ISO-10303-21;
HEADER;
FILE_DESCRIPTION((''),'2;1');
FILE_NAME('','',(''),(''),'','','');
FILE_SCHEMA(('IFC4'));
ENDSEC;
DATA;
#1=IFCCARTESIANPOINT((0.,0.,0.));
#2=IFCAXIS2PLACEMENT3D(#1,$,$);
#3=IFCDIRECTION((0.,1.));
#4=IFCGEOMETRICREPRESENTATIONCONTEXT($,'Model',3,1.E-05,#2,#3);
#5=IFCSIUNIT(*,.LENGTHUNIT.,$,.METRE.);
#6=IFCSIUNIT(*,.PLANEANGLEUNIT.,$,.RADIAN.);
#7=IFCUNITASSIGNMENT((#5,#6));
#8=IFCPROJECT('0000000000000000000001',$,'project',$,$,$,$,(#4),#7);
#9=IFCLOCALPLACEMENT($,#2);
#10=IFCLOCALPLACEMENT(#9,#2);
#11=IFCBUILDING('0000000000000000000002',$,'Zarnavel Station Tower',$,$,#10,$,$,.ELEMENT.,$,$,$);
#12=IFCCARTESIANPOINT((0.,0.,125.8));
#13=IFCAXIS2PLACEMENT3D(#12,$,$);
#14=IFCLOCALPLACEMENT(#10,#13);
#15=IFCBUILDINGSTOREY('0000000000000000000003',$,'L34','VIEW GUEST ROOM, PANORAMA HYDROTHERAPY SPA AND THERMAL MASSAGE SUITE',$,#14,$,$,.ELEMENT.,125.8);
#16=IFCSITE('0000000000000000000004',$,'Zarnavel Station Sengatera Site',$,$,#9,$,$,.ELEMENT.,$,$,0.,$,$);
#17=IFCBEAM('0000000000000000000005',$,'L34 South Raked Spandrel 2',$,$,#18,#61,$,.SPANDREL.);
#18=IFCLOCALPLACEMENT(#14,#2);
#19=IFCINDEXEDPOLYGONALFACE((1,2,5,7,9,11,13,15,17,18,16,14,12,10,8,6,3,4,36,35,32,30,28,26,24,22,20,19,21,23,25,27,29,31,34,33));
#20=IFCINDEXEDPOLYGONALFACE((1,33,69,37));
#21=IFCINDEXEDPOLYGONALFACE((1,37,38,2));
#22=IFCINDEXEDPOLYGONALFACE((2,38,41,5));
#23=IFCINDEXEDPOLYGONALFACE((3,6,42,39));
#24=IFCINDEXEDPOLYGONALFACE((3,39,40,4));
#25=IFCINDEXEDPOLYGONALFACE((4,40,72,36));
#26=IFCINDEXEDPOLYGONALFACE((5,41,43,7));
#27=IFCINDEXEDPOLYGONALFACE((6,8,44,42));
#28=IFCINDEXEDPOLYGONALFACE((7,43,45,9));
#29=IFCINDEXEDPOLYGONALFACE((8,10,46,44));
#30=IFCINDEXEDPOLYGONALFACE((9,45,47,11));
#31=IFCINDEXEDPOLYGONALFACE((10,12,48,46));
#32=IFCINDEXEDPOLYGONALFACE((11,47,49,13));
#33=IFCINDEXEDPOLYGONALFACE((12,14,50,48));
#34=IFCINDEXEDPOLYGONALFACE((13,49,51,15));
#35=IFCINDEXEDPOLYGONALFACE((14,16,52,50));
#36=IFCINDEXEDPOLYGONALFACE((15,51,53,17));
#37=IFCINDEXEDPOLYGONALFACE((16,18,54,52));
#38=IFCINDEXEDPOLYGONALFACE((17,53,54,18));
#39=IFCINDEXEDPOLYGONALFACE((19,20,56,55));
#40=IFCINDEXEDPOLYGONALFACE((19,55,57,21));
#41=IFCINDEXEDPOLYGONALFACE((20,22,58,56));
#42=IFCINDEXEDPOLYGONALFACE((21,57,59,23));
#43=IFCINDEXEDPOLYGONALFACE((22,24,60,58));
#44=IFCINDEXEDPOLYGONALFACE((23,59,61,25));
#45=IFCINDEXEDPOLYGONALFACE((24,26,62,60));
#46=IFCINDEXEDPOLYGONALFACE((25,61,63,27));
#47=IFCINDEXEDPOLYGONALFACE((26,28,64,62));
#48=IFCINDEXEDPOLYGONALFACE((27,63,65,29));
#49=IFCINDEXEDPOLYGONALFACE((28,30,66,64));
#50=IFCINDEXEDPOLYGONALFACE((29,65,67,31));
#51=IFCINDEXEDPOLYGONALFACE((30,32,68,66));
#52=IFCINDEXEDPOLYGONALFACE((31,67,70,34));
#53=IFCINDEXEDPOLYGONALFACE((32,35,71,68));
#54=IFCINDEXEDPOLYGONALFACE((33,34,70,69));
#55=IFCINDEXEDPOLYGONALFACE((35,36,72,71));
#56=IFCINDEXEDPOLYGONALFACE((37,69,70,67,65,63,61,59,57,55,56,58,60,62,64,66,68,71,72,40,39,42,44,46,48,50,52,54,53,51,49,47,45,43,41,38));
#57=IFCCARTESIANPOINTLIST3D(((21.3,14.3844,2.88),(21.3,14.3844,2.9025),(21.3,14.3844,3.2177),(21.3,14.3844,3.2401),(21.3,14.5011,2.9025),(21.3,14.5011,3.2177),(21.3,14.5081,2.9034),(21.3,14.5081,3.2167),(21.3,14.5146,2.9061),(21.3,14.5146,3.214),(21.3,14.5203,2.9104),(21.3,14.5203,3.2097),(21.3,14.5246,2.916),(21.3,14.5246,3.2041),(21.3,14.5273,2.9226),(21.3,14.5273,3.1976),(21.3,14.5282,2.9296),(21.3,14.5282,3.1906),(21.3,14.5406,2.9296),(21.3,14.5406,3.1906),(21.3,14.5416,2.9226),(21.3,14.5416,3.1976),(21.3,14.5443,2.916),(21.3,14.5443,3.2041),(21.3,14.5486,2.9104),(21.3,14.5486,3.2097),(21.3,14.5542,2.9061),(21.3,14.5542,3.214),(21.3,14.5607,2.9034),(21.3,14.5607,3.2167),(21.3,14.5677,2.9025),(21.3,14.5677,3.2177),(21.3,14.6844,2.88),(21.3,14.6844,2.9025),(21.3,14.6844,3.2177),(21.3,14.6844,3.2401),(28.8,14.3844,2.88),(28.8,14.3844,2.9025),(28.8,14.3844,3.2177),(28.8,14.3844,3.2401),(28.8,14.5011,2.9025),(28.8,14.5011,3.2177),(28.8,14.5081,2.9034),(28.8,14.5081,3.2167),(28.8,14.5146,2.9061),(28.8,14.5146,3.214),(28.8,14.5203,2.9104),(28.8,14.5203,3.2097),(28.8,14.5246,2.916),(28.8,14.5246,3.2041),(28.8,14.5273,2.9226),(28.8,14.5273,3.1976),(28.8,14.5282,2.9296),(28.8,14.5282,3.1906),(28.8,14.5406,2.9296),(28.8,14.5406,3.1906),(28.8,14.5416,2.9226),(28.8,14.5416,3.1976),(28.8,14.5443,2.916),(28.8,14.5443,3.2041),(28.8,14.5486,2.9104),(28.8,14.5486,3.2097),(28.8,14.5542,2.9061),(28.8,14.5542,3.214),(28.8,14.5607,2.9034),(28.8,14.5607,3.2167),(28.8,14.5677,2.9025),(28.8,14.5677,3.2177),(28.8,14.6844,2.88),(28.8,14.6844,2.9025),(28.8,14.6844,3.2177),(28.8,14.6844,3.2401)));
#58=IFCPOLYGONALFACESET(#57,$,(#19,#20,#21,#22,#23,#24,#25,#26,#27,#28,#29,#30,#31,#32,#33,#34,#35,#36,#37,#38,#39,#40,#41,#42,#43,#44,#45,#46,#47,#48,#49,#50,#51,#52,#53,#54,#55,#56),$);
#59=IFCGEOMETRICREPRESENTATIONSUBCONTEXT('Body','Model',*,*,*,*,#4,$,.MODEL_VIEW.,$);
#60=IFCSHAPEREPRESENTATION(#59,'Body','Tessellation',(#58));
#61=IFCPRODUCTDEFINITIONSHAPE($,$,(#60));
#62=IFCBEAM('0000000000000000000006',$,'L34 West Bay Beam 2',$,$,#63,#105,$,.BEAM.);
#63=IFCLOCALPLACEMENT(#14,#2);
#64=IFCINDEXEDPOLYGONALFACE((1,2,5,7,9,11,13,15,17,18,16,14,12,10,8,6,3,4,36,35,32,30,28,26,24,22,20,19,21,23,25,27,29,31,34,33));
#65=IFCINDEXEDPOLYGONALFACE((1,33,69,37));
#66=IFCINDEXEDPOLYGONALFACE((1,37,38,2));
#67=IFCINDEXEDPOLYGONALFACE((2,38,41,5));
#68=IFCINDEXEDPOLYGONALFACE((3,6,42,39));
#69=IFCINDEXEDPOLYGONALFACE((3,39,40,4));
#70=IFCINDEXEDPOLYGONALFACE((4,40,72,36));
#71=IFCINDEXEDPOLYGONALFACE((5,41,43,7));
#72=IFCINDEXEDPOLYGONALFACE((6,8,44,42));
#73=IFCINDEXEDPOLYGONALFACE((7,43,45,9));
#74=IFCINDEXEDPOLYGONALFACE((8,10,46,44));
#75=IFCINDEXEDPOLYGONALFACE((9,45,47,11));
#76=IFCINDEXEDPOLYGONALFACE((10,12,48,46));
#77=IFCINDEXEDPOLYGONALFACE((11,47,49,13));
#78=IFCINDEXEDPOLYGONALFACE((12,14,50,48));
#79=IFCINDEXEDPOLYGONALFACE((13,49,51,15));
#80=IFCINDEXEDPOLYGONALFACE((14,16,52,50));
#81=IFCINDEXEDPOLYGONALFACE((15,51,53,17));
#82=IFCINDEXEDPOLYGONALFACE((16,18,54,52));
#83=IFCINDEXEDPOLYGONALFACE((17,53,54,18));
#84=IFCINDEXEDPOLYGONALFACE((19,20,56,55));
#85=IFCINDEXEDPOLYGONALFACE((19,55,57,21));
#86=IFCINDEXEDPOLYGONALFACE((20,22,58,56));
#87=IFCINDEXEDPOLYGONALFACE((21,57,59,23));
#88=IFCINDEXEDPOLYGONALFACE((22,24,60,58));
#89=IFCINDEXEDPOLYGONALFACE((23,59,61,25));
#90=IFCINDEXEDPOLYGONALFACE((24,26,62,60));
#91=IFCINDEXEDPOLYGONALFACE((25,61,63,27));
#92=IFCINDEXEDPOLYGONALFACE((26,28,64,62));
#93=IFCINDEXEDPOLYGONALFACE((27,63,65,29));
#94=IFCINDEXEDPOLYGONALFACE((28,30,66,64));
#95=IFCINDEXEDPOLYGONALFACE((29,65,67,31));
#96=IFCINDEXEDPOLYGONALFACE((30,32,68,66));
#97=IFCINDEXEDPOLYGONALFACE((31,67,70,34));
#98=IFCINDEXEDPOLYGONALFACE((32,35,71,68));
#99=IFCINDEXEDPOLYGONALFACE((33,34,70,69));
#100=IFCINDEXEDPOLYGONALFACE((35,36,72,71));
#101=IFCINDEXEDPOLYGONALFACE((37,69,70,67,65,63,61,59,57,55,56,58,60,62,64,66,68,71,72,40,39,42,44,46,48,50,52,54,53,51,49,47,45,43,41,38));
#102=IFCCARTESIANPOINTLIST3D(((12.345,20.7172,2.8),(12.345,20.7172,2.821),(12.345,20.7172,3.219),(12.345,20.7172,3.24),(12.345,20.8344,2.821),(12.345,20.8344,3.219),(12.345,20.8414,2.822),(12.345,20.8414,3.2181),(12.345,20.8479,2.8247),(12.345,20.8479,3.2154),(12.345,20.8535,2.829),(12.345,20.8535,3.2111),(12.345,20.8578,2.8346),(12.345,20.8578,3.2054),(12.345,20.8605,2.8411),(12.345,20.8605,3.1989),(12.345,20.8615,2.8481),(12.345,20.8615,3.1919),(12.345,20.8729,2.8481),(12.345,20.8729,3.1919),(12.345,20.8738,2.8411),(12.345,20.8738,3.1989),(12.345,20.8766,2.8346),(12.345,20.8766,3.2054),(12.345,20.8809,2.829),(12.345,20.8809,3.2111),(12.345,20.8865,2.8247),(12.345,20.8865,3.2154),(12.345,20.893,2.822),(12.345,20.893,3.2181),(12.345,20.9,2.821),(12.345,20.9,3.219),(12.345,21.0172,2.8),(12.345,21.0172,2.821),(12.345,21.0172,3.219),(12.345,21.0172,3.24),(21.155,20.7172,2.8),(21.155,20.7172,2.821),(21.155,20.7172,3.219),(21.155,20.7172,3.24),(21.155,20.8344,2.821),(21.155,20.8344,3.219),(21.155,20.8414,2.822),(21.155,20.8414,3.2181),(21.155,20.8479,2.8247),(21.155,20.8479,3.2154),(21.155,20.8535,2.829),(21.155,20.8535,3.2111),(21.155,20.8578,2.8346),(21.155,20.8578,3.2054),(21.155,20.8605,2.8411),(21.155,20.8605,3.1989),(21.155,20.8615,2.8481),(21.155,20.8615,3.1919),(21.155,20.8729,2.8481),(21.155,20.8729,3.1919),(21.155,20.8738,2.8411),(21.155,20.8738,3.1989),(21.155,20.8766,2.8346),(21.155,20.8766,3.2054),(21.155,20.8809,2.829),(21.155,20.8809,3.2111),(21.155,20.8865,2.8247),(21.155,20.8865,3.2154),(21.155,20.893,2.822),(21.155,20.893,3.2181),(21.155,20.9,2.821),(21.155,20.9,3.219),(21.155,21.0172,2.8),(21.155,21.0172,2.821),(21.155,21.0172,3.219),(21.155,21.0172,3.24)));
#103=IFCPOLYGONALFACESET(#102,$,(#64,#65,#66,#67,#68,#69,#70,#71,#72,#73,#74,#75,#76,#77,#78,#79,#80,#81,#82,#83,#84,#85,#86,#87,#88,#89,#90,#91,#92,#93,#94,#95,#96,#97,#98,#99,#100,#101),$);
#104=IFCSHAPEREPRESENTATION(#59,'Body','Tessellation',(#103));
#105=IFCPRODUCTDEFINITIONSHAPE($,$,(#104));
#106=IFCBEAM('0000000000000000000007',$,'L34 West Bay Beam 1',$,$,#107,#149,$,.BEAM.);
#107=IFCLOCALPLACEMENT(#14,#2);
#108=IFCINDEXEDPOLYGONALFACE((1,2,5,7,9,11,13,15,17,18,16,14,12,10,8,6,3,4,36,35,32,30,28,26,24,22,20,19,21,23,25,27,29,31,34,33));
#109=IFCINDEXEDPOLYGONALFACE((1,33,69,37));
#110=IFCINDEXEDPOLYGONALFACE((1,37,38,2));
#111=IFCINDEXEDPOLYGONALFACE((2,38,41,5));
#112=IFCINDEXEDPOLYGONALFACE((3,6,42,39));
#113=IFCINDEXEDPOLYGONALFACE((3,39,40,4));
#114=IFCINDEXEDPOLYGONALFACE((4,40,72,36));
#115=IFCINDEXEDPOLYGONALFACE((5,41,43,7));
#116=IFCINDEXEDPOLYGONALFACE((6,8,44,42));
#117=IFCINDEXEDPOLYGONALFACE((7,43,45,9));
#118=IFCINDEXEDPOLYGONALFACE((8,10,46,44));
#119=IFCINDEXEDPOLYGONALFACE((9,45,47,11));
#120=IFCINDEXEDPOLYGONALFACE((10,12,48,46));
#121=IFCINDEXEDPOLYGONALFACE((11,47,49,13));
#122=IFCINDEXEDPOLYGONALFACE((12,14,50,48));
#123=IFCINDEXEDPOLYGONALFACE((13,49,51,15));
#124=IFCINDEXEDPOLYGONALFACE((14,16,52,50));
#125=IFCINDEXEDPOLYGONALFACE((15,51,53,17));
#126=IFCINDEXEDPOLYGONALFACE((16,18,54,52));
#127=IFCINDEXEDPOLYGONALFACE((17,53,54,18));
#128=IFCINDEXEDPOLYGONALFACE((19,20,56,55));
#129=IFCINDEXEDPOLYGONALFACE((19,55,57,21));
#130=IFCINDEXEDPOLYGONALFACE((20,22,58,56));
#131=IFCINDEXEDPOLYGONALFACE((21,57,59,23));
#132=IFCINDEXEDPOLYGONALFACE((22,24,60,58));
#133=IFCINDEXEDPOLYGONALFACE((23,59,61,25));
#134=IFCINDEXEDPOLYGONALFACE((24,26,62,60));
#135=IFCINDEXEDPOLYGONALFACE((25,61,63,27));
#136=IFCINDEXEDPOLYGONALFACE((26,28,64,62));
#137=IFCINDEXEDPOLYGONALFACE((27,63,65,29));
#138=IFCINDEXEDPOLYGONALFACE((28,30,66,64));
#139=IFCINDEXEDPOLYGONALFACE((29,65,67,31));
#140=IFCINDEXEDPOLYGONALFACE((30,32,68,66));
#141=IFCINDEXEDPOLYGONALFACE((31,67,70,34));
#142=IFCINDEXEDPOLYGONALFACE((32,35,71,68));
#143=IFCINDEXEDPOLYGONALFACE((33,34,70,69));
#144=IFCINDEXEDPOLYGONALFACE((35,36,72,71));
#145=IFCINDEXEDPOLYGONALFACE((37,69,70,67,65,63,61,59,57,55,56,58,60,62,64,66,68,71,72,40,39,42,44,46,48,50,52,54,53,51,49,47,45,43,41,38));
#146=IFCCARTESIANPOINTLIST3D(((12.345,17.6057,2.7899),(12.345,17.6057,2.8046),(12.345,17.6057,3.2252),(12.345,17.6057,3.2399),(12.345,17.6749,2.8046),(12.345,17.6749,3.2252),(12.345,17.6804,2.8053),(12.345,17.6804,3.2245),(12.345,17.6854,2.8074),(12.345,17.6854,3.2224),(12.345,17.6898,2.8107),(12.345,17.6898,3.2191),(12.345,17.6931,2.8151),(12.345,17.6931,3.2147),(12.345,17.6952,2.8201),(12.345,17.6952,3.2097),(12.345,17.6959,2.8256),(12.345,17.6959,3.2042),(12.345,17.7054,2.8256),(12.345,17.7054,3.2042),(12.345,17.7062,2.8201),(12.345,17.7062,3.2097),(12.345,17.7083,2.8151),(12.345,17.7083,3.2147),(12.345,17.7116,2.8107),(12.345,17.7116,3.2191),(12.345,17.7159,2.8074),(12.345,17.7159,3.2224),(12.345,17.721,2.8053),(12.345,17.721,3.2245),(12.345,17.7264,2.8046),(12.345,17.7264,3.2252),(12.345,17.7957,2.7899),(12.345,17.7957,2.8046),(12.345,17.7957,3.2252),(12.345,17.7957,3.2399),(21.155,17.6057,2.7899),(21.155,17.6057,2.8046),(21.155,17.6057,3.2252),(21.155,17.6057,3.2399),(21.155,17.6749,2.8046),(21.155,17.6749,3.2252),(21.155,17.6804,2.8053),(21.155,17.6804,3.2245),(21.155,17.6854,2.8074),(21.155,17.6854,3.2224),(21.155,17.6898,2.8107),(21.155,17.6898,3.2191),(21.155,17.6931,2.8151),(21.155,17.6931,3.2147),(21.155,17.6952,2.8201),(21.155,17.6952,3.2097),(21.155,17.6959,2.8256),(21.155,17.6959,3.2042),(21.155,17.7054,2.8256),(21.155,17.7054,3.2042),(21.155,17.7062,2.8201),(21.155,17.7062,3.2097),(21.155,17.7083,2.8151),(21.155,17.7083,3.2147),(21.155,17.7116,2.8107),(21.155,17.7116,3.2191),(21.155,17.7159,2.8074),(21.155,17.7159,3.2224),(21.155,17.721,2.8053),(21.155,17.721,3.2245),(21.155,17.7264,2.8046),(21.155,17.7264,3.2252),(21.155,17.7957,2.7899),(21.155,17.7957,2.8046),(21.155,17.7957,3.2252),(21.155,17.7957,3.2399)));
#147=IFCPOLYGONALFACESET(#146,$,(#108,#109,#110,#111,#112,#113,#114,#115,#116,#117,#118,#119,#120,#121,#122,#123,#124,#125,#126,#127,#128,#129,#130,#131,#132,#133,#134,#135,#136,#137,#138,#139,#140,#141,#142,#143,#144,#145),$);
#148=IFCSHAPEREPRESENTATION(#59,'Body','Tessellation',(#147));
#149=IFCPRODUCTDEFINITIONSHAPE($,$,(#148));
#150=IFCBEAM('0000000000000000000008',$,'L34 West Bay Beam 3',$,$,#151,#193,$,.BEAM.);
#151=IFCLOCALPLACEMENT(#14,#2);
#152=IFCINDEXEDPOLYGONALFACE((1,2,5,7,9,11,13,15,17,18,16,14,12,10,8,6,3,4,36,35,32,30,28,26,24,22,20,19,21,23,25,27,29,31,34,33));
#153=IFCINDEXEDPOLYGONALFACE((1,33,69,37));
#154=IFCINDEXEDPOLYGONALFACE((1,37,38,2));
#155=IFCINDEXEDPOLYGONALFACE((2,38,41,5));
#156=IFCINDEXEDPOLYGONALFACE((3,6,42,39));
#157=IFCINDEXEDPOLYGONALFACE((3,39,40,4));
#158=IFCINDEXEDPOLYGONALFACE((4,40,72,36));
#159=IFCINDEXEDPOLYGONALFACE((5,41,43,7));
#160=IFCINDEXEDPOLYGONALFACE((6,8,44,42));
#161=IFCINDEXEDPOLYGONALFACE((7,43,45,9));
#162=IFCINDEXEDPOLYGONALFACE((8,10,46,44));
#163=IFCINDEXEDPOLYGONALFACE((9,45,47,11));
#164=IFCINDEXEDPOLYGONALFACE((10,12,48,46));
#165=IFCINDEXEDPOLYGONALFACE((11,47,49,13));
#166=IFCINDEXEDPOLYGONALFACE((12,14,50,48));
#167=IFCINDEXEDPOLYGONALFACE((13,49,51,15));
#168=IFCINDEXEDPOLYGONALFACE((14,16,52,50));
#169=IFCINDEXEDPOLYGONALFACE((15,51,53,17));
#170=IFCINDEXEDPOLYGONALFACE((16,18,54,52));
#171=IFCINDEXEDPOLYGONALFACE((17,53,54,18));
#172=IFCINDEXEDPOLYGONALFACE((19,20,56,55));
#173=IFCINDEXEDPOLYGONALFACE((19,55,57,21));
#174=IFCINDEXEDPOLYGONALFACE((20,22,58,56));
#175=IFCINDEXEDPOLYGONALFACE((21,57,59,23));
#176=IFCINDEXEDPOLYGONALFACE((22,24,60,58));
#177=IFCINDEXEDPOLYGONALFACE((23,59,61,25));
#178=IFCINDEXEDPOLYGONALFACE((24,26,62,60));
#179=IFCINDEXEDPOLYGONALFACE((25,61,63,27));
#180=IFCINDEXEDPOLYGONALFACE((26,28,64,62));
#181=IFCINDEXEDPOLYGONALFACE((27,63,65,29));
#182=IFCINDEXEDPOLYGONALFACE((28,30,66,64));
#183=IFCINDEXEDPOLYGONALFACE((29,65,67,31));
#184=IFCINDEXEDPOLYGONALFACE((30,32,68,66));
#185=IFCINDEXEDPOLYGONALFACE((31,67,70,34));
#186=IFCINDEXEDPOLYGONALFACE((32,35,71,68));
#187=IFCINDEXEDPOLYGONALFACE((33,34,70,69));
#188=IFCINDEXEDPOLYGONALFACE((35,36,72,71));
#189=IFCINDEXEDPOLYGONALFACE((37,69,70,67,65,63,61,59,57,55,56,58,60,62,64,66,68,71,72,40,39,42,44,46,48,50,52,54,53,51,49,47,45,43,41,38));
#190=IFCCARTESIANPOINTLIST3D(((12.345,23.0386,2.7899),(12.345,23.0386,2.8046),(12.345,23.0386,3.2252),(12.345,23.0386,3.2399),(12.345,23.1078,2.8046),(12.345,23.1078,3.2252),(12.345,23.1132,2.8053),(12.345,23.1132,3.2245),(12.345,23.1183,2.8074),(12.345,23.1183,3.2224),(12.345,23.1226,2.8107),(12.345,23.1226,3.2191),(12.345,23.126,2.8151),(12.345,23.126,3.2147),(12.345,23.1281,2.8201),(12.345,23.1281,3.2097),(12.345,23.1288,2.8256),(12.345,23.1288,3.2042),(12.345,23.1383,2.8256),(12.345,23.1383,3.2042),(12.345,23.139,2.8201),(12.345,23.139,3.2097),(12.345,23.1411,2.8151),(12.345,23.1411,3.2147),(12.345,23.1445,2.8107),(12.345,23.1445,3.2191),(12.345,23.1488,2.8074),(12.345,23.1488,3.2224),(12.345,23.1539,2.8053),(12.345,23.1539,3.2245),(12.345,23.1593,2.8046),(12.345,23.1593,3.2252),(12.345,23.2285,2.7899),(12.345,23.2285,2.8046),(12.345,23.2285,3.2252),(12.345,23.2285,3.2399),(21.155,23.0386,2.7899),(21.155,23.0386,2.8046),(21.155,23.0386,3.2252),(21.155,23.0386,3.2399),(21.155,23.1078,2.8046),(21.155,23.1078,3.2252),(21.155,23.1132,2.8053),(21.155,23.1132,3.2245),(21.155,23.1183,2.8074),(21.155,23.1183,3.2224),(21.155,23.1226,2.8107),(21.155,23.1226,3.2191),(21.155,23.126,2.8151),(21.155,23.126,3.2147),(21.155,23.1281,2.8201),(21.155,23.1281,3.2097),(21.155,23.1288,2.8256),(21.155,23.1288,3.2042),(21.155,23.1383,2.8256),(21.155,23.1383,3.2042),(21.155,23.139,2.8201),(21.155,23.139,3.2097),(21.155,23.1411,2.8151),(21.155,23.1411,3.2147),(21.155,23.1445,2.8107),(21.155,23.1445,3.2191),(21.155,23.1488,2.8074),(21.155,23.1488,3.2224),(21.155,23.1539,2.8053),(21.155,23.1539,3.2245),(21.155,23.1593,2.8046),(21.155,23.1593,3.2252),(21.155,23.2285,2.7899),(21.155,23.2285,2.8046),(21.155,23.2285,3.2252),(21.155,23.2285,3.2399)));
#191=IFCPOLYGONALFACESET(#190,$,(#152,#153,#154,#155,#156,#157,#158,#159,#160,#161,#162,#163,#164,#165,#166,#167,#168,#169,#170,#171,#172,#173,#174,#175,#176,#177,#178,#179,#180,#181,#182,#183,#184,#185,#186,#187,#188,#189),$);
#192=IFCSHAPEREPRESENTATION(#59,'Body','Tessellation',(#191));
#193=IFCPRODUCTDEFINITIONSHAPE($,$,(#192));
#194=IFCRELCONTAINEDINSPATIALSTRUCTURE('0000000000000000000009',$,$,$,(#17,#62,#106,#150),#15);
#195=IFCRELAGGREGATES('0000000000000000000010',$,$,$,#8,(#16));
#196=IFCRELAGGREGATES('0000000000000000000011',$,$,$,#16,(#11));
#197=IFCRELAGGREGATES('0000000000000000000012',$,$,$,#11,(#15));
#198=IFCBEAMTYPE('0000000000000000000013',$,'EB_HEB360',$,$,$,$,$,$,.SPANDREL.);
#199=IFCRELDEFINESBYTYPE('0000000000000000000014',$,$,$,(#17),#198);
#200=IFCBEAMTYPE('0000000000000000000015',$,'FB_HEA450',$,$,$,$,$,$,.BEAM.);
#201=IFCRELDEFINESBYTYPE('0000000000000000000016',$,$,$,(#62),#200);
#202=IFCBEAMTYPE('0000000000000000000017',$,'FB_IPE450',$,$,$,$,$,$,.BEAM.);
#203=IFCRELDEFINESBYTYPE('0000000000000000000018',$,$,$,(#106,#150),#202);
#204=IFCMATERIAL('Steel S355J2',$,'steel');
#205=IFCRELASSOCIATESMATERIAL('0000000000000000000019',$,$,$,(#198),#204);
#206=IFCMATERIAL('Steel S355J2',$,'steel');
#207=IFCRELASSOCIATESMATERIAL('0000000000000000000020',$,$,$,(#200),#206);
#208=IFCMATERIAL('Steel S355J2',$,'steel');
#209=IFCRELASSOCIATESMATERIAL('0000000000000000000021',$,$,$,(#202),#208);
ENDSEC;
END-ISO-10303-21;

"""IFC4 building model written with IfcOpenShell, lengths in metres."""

from ifc_helpers import new_model, si_unit, direction, frame, origin, origin_2d, place, context, subcontext, project, spatial, i_section, extrude, material, material_profile, profile_set, type_object, element, save


model = new_model("IFC4")

# Units and contexts
model_context = context("Model", 3, precision=1e-05, world=origin(), true_north=direction((0.0, 1.0)))
body_context = subcontext(model_context, "Body", "Model", "MODEL_VIEW")
ifc_project = project(units=[si_unit("LENGTHUNIT", "METRE"), si_unit("PLANEANGLEUNIT", "RADIAN")], contexts=[model_context])

# Site, building, storey
site_placement = place(None, origin())
site = spatial("IfcSite", under=ifc_project, at=site_placement, Name="Zarnavel Station Sengatera Site", CompositionType="ELEMENT", RefElevation=0.0)
building_placement = place(site_placement, origin())
building = spatial("IfcBuilding", under=site, at=building_placement, Name="Zarnavel Station Tower", CompositionType="ELEMENT")
storey_placement = place(building_placement, frame((0.0, 0.0, 125.8)))
storey = spatial("IfcBuildingStorey", under=building, at=storey_placement, Name="L34", Description="VIEW GUEST ROOM, PANORAMA HYDROTHERAPY SPA AND THERMAL MASSAGE SUITE", CompositionType="ELEMENT", Elevation=125.8)

# Beams
ifc_material_1 = material(Name="Steel S355J2", Category="steel")
ifc_material_profile_1 = material_profile(ifc_material_1, i_section(OverallWidth=0.3, OverallDepth=0.3601, WebThickness=0.0125, FlangeThickness=0.0225, FilletRadius=0.0271, at=origin_2d()), Name="HEB360")
ifc_profile_set_1 = profile_set([ifc_material_profile_1], Name="Steel S355J2")
beam_type_1 = type_object("IfcBeamType", Name="EB_HEB360", PredefinedType="SPANDREL", material=ifc_profile_set_1)
beam_1_placement = place(storey_placement, frame((21.3, 14.5344, 3.0601), z_axis=(1.0, 0.0, 0.0), x_axis=(0.0, 1.0, 0.0)))
element("IfcBeam", 1, at=beam_1_placement, inside=storey, type_object=beam_type_1, Name="L34 South Raked Spandrel 2", PredefinedType="SPANDREL", context=body_context, shape_type="SweptSolid", body=[
    extrude(i_section(OverallWidth=0.3, OverallDepth=0.3601, WebThickness=0.0125, FlangeThickness=0.0225, FilletRadius=0.0271, at=origin_2d()), origin(), (0.0, 0.0, 1.0), 7.5),
])
ifc_material_2 = material(Name="Steel S355J2", Category="steel")
ifc_material_profile_2 = material_profile(ifc_material_2, i_section(OverallWidth=0.3, OverallDepth=0.4399, WebThickness=0.0115, FlangeThickness=0.021, FilletRadius=0.0271, at=origin_2d()), Name="HEA450")
ifc_profile_set_2 = profile_set([ifc_material_profile_2], Name="Steel S355J2")
beam_type_2 = type_object("IfcBeamType", Name="FB_HEA450", PredefinedType="BEAM", material=ifc_profile_set_2)
beam_2_placement = place(storey_placement, frame((12.345, 20.8672, 3.02), z_axis=(1.0, 0.0, 0.0), x_axis=(0.0, 1.0, 0.0)))
element("IfcBeam", 2, at=beam_2_placement, inside=storey, type_object=beam_type_2, Name="L34 West Bay Beam 2", PredefinedType="BEAM", context=body_context, shape_type="SweptSolid", body=[
    extrude(i_section(OverallWidth=0.3, OverallDepth=0.4399, WebThickness=0.0115, FlangeThickness=0.021, FilletRadius=0.0271, at=origin_2d()), origin(), (0.0, 0.0, 1.0), 8.8101),
])
ifc_material_3 = material(Name="Steel S355J2", Category="steel")
ifc_material_profile_3 = material_profile(ifc_material_3, i_section(OverallWidth=0.1899, OverallDepth=0.45, WebThickness=0.0095, FlangeThickness=0.0146, FilletRadius=0.021, at=origin_2d()), Name="IPE450")
ifc_profile_set_3 = profile_set([ifc_material_profile_3], Name="Steel S355J2")
beam_type_3 = type_object("IfcBeamType", Name="FB_IPE450", PredefinedType="BEAM", material=ifc_profile_set_3)
for number, where, z_axis, x_axis, name in (
    (3, (12.345, 17.7007, 3.0149), (1.0, 0.0, 0.0), (0.0, 1.0, 0.0), "L34 West Bay Beam 1"),
    (4, (12.345, 23.1335, 3.0149), (1.0, 0.0, 0.0), (0.0, 1.0, 0.0), "L34 West Bay Beam 3"),
):
    element("IfcBeam", number, at=place(storey_placement, frame(where, z_axis=z_axis, x_axis=x_axis)), inside=storey, type_object=beam_type_3, Name=name, PredefinedType="BEAM", context=body_context, shape_type="SweptSolid", body=[
        extrude(i_section(OverallWidth=0.1899, OverallDepth=0.45, WebThickness=0.0095, FlangeThickness=0.0146, FilletRadius=0.021, at=origin_2d()), origin(), (0.0, 0.0, 1.0), 8.8101),
    ])

save(model, "model.ifc")
